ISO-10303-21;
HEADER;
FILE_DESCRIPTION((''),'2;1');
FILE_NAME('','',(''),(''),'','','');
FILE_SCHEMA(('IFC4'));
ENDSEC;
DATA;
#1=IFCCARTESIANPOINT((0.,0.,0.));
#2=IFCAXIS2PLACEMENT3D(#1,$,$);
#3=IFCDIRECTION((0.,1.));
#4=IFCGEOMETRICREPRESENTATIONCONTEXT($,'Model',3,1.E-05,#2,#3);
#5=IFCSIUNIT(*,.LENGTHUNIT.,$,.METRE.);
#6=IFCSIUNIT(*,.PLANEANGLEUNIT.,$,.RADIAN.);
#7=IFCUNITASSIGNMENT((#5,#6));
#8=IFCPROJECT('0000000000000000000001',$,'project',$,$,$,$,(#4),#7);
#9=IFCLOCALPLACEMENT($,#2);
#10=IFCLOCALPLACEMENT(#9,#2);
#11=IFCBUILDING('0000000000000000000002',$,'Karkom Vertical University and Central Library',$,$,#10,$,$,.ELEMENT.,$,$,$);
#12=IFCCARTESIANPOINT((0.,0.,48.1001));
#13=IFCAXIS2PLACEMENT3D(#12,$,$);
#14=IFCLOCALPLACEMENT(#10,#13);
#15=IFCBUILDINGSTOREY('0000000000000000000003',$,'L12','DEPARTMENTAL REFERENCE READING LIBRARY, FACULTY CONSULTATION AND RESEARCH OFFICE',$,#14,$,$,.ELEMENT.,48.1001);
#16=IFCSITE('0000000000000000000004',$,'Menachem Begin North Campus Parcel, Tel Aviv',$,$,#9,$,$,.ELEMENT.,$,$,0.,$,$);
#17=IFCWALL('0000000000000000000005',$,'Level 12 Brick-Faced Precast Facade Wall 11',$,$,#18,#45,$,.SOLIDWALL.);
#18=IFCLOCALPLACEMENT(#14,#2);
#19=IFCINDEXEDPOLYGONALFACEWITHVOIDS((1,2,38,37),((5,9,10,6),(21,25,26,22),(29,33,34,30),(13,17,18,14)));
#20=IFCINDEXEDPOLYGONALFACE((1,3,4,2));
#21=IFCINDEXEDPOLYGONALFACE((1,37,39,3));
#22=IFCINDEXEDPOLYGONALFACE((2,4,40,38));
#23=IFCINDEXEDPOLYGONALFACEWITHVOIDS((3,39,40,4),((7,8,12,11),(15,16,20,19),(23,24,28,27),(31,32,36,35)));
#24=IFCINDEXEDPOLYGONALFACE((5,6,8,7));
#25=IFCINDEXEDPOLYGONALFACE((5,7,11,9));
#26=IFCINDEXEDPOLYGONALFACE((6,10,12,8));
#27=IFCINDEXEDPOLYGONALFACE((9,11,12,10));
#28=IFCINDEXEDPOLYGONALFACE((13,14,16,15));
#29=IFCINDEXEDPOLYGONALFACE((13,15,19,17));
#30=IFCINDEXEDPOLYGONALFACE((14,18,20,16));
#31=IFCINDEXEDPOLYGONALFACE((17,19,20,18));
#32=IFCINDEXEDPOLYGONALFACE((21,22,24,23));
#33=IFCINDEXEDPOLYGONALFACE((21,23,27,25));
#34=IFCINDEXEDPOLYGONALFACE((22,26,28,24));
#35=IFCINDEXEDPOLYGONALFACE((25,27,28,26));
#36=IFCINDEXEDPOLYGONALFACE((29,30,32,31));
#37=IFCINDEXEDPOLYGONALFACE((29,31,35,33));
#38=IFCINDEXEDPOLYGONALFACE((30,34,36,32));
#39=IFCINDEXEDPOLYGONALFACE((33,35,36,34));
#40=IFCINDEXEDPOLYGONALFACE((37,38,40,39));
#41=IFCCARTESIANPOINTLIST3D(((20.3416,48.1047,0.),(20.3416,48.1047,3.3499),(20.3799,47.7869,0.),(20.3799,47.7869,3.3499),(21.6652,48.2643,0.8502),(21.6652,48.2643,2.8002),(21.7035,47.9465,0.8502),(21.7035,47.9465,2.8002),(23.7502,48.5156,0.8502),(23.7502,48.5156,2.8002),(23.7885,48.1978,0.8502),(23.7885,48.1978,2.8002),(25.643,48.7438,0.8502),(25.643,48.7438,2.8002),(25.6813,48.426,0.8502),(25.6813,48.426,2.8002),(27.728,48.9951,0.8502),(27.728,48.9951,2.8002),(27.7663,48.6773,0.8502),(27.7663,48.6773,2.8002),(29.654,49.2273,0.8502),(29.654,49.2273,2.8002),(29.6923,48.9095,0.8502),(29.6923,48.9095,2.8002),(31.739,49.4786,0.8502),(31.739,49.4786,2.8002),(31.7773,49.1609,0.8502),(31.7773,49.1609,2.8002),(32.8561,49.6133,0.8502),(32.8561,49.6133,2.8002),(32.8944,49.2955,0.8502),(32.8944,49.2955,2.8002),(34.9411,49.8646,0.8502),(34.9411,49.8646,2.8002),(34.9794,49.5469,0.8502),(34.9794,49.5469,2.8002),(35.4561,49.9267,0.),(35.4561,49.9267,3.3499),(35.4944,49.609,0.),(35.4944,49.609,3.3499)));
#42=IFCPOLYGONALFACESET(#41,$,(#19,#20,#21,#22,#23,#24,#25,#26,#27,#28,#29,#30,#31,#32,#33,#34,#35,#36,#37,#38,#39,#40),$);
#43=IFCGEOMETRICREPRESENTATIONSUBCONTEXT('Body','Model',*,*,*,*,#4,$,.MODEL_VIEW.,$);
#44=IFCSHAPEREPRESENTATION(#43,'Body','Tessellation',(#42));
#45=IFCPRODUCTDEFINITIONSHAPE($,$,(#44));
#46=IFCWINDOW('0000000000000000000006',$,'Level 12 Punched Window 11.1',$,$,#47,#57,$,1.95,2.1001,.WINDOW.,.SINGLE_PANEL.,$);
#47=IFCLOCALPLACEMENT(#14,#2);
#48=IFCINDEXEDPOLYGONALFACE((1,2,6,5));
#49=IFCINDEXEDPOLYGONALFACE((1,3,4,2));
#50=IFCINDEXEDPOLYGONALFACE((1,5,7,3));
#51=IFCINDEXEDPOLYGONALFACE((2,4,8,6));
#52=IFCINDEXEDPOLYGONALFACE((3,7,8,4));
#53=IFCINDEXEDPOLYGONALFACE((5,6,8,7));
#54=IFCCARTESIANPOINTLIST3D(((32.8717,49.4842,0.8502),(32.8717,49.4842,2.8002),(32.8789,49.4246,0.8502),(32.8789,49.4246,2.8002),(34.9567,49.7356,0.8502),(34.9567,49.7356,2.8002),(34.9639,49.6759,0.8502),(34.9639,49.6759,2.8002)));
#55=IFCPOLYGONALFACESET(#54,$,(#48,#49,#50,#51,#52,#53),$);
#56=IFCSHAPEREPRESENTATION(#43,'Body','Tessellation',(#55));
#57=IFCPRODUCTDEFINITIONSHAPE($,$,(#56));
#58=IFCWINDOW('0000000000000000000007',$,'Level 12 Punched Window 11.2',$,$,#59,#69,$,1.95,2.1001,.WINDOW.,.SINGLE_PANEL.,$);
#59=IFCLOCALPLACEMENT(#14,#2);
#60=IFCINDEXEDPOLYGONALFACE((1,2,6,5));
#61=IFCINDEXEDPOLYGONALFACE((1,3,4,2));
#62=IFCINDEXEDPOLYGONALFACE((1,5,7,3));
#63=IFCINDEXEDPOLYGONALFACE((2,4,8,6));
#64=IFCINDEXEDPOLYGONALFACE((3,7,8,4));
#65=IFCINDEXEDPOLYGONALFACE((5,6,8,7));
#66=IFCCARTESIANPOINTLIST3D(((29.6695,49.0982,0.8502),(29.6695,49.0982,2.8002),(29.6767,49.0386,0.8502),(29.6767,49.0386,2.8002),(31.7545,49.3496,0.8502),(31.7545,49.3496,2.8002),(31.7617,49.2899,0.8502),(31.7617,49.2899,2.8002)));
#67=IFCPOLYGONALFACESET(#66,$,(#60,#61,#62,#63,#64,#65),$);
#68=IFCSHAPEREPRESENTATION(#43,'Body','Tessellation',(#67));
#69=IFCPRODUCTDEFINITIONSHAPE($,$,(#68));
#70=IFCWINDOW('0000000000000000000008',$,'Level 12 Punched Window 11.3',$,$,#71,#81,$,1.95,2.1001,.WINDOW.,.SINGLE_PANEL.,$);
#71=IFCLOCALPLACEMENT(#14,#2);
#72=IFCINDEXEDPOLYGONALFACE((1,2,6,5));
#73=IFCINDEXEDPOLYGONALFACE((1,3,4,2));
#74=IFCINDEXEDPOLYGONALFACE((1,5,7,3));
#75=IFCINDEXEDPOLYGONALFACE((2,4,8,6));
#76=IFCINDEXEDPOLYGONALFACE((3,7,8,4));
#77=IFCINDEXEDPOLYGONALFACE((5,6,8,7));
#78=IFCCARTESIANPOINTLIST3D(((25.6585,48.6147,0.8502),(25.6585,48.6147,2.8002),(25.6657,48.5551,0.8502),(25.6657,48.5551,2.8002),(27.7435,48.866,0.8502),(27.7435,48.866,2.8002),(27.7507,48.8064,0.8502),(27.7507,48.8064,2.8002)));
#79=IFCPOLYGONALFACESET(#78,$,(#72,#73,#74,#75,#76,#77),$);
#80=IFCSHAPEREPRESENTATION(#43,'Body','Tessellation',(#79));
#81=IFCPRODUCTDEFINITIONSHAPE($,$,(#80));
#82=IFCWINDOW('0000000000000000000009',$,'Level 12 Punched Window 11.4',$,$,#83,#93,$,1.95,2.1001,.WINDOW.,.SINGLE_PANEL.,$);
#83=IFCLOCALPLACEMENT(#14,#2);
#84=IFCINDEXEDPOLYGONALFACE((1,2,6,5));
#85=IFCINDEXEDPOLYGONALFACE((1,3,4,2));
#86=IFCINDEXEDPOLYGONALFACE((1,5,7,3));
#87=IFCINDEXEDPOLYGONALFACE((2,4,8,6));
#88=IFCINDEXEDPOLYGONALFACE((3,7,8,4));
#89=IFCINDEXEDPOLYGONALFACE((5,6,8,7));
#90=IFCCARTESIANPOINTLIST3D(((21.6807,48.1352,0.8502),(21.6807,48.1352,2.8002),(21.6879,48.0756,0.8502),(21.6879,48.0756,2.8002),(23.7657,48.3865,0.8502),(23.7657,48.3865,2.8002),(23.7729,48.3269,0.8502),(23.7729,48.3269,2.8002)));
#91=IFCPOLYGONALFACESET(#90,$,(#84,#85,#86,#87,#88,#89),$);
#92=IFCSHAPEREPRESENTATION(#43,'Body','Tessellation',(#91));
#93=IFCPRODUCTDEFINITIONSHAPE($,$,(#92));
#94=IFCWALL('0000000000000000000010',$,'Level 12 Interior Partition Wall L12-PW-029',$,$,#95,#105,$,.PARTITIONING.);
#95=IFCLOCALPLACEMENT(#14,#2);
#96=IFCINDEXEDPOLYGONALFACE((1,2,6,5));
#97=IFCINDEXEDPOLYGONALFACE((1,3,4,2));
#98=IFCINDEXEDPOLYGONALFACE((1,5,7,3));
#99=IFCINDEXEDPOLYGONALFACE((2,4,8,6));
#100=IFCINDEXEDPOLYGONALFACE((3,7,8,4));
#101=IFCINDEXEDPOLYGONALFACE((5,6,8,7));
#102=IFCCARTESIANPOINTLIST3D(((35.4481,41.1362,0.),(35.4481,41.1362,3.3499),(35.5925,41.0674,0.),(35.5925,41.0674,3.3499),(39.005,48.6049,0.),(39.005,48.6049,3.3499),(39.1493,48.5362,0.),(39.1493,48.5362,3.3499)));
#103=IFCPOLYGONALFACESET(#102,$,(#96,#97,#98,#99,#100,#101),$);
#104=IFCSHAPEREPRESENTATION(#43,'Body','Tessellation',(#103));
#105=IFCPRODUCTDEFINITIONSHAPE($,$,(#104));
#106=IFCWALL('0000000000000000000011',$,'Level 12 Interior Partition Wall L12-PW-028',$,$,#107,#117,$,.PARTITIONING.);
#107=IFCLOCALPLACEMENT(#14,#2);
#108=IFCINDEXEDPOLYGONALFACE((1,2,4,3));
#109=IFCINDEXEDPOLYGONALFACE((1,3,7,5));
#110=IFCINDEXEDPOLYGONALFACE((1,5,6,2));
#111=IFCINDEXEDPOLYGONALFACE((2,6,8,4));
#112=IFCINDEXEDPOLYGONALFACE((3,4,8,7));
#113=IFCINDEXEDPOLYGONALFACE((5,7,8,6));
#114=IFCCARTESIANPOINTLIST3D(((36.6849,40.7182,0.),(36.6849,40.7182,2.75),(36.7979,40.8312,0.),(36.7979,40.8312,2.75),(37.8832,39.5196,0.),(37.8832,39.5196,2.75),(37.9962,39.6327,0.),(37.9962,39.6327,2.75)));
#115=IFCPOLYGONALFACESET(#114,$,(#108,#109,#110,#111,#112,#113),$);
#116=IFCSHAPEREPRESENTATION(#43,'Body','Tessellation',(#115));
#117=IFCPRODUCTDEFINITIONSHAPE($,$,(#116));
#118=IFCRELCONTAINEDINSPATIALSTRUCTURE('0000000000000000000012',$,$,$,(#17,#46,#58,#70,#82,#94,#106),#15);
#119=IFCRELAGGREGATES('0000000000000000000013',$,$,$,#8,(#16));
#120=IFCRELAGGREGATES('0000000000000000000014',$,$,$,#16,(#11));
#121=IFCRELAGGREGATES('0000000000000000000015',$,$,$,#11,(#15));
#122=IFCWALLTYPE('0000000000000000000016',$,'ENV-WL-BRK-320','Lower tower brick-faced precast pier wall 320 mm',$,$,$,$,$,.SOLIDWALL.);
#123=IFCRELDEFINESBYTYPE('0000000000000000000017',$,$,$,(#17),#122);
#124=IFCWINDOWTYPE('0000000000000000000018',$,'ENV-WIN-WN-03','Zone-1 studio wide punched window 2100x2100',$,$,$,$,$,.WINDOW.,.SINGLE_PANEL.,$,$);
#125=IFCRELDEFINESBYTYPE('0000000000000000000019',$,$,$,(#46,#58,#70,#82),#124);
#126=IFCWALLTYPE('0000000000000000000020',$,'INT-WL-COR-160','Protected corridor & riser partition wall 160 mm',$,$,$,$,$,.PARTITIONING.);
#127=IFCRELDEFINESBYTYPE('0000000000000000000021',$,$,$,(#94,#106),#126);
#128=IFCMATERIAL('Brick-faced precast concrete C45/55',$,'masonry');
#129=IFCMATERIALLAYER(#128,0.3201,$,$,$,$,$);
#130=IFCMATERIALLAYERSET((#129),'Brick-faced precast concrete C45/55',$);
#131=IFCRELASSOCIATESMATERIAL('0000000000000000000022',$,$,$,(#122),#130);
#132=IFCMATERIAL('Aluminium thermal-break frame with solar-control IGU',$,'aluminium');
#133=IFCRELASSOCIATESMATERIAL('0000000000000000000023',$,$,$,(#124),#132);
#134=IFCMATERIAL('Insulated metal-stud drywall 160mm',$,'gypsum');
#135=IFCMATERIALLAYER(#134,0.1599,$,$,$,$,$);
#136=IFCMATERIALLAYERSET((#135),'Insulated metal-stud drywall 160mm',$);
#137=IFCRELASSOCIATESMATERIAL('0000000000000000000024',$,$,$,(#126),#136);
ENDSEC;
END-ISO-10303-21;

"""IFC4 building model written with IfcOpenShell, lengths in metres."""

from ifc_helpers import new_model, si_unit, direction, frame, frame_2d, origin, origin_with_axes, place, context, subcontext, project, spatial, rectangle, extrude, source, transform, mapped, material, layer, layer_set, type_object, element, fill, save


model = new_model("IFC4")

# Units and contexts
model_context = context("Model", 3, precision=1e-05, world=origin(), true_north=direction((0.0, 1.0)))
body_context = subcontext(model_context, "Body", "Model", "MODEL_VIEW")
ifc_project = project(units=[si_unit("LENGTHUNIT", "METRE"), si_unit("PLANEANGLEUNIT", "RADIAN")], contexts=[model_context])

# Site, building, storey
site_placement = place(None, origin())
site = spatial("IfcSite", under=ifc_project, at=site_placement, Name="Menachem Begin North Campus Parcel, Tel Aviv", CompositionType="ELEMENT", RefElevation=0.0)
building_placement = place(site_placement, origin())
building = spatial("IfcBuilding", under=site, at=building_placement, Name="Karkom Vertical University and Central Library", CompositionType="ELEMENT")
storey_placement = place(building_placement, frame((0.0, 0.0, 48.1001)))
storey = spatial("IfcBuildingStorey", under=building, at=storey_placement, Name="L12", Description="DEPARTMENTAL REFERENCE READING LIBRARY, FACULTY CONSULTATION AND RESEARCH OFFICE", CompositionType="ELEMENT", Elevation=48.1001)

# Wall, openings, windows
ifc_material_1 = material(Name="Brick-faced precast concrete C45/55", Category="masonry")
ifc_layer_1 = layer(ifc_material_1, 0.3201)
ifc_layer_set_1 = layer_set([ifc_layer_1], Name="Brick-faced precast concrete C45/55")
wall_type_1 = type_object("IfcWallType", Name="ENV-WL-BRK-320", Description="Lower tower brick-faced precast pier wall 320 mm", PredefinedType="SOLIDWALL", material=ifc_layer_set_1)
ifc_material_2 = material(Name="Aluminium thermal-break frame with solar-control IGU", Category="aluminium")
window_type = type_object("IfcWindowType", Name="ENV-WIN-WN-03", Description="Zone-1 studio wide punched window 2100x2100", PartitioningType="SINGLE_PANEL", PredefinedType="WINDOW", material=ifc_material_2)
shared_shape_1 = source(origin_with_axes(), body_context, "Body", "SweptSolid", [
    extrude(rectangle(XDim=2.1001, YDim=1.95, at=frame_2d((1.05, 0.9751))), frame((0.0, 0.03, 0.0), z_axis=(0.0, -1.0, 0.0), x_axis=(1.0, 0.0, 0.0)), (0.0, 0.0, 1.0), 0.0601),
])
wall_1_placement = place(storey_placement, frame((35.4751, 49.7678, 0.0), z_axis=(0.0, 0.0, 1.0), x_axis=(-0.992812, -0.119681, 0.0)))
wall_1 = element("IfcWall", 1, at=wall_1_placement, inside=storey, type_object=wall_type_1, Name="Level 12 Brick-Faced Precast Facade Wall 11", PredefinedType="SOLIDWALL", context=body_context, shape_type="SweptSolid", body=[
    extrude(rectangle(XDim=15.2239, YDim=0.3201, at=frame_2d((7.6118, 0.0))), origin(), (0.0, 0.0, 1.0), 3.3499),
])
opening_1_placement = place(wall_1_placement, frame((0.5186, 0.0, 0.8501)))
opening_1 = element("IfcOpeningElement", 2, at=opening_1_placement, cuts=wall_1, PredefinedType="OPENING", context=body_context, shape_type="SweptSolid", body=[
    extrude(rectangle(XDim=2.1001, YDim=1.95, at=frame_2d((1.05, 0.9751))), frame((0.0, 0.1699, 0.0), z_axis=(0.0, -1.0, 0.0), x_axis=(1.0, 0.0, 0.0)), (0.0, 0.0, 1.0), 0.3401),
])
opening_2_placement = place(wall_1_placement, frame((3.7439, 0.0, 0.8501)))
opening_2 = element("IfcOpeningElement", 3, at=opening_2_placement, cuts=wall_1, PredefinedType="OPENING", context=body_context, shape_type="SweptSolid", body=[
    extrude(rectangle(XDim=2.1001, YDim=1.95, at=frame_2d((1.05, 0.9751))), frame((0.0, 0.1699, 0.0), z_axis=(0.0, -1.0, 0.0), x_axis=(1.0, 0.0, 0.0)), (0.0, 0.0, 1.0), 0.3401),
])
opening_3_placement = place(wall_1_placement, frame((7.7839, 0.0, 0.8501)))
opening_3 = element("IfcOpeningElement", 4, at=opening_3_placement, cuts=wall_1, PredefinedType="OPENING", context=body_context, shape_type="SweptSolid", body=[
    extrude(rectangle(XDim=2.1001, YDim=1.95, at=frame_2d((1.05, 0.9751))), frame((0.0, 0.1699, 0.0), z_axis=(0.0, -1.0, 0.0), x_axis=(1.0, 0.0, 0.0)), (0.0, 0.0, 1.0), 0.3401),
])
opening_4_placement = place(wall_1_placement, frame((11.7905, 0.0, 0.8501)))
opening_4 = element("IfcOpeningElement", 5, at=opening_4_placement, cuts=wall_1, PredefinedType="OPENING", context=body_context, shape_type="SweptSolid", body=[
    extrude(rectangle(XDim=2.1001, YDim=1.95, at=frame_2d((1.05, 0.9751))), frame((0.0, 0.1699, 0.0), z_axis=(0.0, -1.0, 0.0), x_axis=(1.0, 0.0, 0.0)), (0.0, 0.0, 1.0), 0.3401),
])
window_1_placement = place(opening_1_placement, origin())
window_1 = element("IfcWindow", 6, at=window_1_placement, inside=storey, type_object=window_type, Name="Level 12 Punched Window 11.1", OverallHeight=1.95, OverallWidth=2.1001, PartitioningType="SINGLE_PANEL", PredefinedType="WINDOW", context=body_context, shape_type="MappedRepresentation", body=[
    mapped(shared_shape_1, transform((0.0, 0.0, 0.0), scale=1.0)),
])
fill(opening_1, window_1)
window_2_placement = place(opening_2_placement, origin())
window_2 = element("IfcWindow", 7, at=window_2_placement, inside=storey, type_object=window_type, Name="Level 12 Punched Window 11.2", OverallHeight=1.95, OverallWidth=2.1001, PartitioningType="SINGLE_PANEL", PredefinedType="WINDOW", context=body_context, shape_type="MappedRepresentation", body=[
    mapped(shared_shape_1, transform((0.0, 0.0, 0.0), scale=1.0)),
])
fill(opening_2, window_2)
window_3_placement = place(opening_3_placement, origin())
window_3 = element("IfcWindow", 8, at=window_3_placement, inside=storey, type_object=window_type, Name="Level 12 Punched Window 11.3", OverallHeight=1.95, OverallWidth=2.1001, PartitioningType="SINGLE_PANEL", PredefinedType="WINDOW", context=body_context, shape_type="MappedRepresentation", body=[
    mapped(shared_shape_1, transform((0.0, 0.0, 0.0), scale=1.0)),
])
fill(opening_3, window_3)
window_4_placement = place(opening_4_placement, origin())
window_4 = element("IfcWindow", 9, at=window_4_placement, inside=storey, type_object=window_type, Name="Level 12 Punched Window 11.4", OverallHeight=1.95, OverallWidth=2.1001, PartitioningType="SINGLE_PANEL", PredefinedType="WINDOW", context=body_context, shape_type="MappedRepresentation", body=[
    mapped(shared_shape_1, transform((0.0, 0.0, 0.0), scale=1.0)),
])
fill(opening_4, window_4)

# Walls
ifc_material_3 = material(Name="Insulated metal-stud drywall 160mm", Category="gypsum")
ifc_layer_2 = layer(ifc_material_3, 0.1599)
ifc_layer_set_2 = layer_set([ifc_layer_2], Name="Insulated metal-stud drywall 160mm")
wall_type_2 = type_object("IfcWallType", Name="INT-WL-COR-160", Description="Protected corridor & riser partition wall 160 mm", PredefinedType="PARTITIONING", material=ifc_layer_set_2)
wall_2_placement = place(storey_placement, frame((35.5203, 41.1018, 0.0), z_axis=(0.0, 0.0, 1.0), x_axis=(0.429967, 0.902845, 0.0)))
element("IfcWall", 10, at=wall_2_placement, inside=storey, type_object=wall_type_2, Name="Level 12 Interior Partition Wall L12-PW-029", PredefinedType="PARTITIONING", context=body_context, shape_type="SweptSolid", body=[
    extrude(rectangle(XDim=8.2725, YDim=0.1599, at=frame_2d((4.1362, 0.0))), origin(), (0.0, 0.0, 1.0), 3.3499),
])
wall_3_placement = place(storey_placement, frame((37.9397, 39.5762, 0.0), z_axis=(0.0, 0.0, 1.0), x_axis=(-0.707035, 0.707179, 0.0)))
element("IfcWall", 11, at=wall_3_placement, inside=storey, type_object=wall_type_2, Name="Level 12 Interior Partition Wall L12-PW-028", PredefinedType="PARTITIONING", context=body_context, shape_type="SweptSolid", body=[
    extrude(rectangle(XDim=1.6948, YDim=0.1599, at=frame_2d((0.8474, 0.0))), origin(), (0.0, 0.0, 1.0), 2.75),
])

save(model, "model.ifc")
